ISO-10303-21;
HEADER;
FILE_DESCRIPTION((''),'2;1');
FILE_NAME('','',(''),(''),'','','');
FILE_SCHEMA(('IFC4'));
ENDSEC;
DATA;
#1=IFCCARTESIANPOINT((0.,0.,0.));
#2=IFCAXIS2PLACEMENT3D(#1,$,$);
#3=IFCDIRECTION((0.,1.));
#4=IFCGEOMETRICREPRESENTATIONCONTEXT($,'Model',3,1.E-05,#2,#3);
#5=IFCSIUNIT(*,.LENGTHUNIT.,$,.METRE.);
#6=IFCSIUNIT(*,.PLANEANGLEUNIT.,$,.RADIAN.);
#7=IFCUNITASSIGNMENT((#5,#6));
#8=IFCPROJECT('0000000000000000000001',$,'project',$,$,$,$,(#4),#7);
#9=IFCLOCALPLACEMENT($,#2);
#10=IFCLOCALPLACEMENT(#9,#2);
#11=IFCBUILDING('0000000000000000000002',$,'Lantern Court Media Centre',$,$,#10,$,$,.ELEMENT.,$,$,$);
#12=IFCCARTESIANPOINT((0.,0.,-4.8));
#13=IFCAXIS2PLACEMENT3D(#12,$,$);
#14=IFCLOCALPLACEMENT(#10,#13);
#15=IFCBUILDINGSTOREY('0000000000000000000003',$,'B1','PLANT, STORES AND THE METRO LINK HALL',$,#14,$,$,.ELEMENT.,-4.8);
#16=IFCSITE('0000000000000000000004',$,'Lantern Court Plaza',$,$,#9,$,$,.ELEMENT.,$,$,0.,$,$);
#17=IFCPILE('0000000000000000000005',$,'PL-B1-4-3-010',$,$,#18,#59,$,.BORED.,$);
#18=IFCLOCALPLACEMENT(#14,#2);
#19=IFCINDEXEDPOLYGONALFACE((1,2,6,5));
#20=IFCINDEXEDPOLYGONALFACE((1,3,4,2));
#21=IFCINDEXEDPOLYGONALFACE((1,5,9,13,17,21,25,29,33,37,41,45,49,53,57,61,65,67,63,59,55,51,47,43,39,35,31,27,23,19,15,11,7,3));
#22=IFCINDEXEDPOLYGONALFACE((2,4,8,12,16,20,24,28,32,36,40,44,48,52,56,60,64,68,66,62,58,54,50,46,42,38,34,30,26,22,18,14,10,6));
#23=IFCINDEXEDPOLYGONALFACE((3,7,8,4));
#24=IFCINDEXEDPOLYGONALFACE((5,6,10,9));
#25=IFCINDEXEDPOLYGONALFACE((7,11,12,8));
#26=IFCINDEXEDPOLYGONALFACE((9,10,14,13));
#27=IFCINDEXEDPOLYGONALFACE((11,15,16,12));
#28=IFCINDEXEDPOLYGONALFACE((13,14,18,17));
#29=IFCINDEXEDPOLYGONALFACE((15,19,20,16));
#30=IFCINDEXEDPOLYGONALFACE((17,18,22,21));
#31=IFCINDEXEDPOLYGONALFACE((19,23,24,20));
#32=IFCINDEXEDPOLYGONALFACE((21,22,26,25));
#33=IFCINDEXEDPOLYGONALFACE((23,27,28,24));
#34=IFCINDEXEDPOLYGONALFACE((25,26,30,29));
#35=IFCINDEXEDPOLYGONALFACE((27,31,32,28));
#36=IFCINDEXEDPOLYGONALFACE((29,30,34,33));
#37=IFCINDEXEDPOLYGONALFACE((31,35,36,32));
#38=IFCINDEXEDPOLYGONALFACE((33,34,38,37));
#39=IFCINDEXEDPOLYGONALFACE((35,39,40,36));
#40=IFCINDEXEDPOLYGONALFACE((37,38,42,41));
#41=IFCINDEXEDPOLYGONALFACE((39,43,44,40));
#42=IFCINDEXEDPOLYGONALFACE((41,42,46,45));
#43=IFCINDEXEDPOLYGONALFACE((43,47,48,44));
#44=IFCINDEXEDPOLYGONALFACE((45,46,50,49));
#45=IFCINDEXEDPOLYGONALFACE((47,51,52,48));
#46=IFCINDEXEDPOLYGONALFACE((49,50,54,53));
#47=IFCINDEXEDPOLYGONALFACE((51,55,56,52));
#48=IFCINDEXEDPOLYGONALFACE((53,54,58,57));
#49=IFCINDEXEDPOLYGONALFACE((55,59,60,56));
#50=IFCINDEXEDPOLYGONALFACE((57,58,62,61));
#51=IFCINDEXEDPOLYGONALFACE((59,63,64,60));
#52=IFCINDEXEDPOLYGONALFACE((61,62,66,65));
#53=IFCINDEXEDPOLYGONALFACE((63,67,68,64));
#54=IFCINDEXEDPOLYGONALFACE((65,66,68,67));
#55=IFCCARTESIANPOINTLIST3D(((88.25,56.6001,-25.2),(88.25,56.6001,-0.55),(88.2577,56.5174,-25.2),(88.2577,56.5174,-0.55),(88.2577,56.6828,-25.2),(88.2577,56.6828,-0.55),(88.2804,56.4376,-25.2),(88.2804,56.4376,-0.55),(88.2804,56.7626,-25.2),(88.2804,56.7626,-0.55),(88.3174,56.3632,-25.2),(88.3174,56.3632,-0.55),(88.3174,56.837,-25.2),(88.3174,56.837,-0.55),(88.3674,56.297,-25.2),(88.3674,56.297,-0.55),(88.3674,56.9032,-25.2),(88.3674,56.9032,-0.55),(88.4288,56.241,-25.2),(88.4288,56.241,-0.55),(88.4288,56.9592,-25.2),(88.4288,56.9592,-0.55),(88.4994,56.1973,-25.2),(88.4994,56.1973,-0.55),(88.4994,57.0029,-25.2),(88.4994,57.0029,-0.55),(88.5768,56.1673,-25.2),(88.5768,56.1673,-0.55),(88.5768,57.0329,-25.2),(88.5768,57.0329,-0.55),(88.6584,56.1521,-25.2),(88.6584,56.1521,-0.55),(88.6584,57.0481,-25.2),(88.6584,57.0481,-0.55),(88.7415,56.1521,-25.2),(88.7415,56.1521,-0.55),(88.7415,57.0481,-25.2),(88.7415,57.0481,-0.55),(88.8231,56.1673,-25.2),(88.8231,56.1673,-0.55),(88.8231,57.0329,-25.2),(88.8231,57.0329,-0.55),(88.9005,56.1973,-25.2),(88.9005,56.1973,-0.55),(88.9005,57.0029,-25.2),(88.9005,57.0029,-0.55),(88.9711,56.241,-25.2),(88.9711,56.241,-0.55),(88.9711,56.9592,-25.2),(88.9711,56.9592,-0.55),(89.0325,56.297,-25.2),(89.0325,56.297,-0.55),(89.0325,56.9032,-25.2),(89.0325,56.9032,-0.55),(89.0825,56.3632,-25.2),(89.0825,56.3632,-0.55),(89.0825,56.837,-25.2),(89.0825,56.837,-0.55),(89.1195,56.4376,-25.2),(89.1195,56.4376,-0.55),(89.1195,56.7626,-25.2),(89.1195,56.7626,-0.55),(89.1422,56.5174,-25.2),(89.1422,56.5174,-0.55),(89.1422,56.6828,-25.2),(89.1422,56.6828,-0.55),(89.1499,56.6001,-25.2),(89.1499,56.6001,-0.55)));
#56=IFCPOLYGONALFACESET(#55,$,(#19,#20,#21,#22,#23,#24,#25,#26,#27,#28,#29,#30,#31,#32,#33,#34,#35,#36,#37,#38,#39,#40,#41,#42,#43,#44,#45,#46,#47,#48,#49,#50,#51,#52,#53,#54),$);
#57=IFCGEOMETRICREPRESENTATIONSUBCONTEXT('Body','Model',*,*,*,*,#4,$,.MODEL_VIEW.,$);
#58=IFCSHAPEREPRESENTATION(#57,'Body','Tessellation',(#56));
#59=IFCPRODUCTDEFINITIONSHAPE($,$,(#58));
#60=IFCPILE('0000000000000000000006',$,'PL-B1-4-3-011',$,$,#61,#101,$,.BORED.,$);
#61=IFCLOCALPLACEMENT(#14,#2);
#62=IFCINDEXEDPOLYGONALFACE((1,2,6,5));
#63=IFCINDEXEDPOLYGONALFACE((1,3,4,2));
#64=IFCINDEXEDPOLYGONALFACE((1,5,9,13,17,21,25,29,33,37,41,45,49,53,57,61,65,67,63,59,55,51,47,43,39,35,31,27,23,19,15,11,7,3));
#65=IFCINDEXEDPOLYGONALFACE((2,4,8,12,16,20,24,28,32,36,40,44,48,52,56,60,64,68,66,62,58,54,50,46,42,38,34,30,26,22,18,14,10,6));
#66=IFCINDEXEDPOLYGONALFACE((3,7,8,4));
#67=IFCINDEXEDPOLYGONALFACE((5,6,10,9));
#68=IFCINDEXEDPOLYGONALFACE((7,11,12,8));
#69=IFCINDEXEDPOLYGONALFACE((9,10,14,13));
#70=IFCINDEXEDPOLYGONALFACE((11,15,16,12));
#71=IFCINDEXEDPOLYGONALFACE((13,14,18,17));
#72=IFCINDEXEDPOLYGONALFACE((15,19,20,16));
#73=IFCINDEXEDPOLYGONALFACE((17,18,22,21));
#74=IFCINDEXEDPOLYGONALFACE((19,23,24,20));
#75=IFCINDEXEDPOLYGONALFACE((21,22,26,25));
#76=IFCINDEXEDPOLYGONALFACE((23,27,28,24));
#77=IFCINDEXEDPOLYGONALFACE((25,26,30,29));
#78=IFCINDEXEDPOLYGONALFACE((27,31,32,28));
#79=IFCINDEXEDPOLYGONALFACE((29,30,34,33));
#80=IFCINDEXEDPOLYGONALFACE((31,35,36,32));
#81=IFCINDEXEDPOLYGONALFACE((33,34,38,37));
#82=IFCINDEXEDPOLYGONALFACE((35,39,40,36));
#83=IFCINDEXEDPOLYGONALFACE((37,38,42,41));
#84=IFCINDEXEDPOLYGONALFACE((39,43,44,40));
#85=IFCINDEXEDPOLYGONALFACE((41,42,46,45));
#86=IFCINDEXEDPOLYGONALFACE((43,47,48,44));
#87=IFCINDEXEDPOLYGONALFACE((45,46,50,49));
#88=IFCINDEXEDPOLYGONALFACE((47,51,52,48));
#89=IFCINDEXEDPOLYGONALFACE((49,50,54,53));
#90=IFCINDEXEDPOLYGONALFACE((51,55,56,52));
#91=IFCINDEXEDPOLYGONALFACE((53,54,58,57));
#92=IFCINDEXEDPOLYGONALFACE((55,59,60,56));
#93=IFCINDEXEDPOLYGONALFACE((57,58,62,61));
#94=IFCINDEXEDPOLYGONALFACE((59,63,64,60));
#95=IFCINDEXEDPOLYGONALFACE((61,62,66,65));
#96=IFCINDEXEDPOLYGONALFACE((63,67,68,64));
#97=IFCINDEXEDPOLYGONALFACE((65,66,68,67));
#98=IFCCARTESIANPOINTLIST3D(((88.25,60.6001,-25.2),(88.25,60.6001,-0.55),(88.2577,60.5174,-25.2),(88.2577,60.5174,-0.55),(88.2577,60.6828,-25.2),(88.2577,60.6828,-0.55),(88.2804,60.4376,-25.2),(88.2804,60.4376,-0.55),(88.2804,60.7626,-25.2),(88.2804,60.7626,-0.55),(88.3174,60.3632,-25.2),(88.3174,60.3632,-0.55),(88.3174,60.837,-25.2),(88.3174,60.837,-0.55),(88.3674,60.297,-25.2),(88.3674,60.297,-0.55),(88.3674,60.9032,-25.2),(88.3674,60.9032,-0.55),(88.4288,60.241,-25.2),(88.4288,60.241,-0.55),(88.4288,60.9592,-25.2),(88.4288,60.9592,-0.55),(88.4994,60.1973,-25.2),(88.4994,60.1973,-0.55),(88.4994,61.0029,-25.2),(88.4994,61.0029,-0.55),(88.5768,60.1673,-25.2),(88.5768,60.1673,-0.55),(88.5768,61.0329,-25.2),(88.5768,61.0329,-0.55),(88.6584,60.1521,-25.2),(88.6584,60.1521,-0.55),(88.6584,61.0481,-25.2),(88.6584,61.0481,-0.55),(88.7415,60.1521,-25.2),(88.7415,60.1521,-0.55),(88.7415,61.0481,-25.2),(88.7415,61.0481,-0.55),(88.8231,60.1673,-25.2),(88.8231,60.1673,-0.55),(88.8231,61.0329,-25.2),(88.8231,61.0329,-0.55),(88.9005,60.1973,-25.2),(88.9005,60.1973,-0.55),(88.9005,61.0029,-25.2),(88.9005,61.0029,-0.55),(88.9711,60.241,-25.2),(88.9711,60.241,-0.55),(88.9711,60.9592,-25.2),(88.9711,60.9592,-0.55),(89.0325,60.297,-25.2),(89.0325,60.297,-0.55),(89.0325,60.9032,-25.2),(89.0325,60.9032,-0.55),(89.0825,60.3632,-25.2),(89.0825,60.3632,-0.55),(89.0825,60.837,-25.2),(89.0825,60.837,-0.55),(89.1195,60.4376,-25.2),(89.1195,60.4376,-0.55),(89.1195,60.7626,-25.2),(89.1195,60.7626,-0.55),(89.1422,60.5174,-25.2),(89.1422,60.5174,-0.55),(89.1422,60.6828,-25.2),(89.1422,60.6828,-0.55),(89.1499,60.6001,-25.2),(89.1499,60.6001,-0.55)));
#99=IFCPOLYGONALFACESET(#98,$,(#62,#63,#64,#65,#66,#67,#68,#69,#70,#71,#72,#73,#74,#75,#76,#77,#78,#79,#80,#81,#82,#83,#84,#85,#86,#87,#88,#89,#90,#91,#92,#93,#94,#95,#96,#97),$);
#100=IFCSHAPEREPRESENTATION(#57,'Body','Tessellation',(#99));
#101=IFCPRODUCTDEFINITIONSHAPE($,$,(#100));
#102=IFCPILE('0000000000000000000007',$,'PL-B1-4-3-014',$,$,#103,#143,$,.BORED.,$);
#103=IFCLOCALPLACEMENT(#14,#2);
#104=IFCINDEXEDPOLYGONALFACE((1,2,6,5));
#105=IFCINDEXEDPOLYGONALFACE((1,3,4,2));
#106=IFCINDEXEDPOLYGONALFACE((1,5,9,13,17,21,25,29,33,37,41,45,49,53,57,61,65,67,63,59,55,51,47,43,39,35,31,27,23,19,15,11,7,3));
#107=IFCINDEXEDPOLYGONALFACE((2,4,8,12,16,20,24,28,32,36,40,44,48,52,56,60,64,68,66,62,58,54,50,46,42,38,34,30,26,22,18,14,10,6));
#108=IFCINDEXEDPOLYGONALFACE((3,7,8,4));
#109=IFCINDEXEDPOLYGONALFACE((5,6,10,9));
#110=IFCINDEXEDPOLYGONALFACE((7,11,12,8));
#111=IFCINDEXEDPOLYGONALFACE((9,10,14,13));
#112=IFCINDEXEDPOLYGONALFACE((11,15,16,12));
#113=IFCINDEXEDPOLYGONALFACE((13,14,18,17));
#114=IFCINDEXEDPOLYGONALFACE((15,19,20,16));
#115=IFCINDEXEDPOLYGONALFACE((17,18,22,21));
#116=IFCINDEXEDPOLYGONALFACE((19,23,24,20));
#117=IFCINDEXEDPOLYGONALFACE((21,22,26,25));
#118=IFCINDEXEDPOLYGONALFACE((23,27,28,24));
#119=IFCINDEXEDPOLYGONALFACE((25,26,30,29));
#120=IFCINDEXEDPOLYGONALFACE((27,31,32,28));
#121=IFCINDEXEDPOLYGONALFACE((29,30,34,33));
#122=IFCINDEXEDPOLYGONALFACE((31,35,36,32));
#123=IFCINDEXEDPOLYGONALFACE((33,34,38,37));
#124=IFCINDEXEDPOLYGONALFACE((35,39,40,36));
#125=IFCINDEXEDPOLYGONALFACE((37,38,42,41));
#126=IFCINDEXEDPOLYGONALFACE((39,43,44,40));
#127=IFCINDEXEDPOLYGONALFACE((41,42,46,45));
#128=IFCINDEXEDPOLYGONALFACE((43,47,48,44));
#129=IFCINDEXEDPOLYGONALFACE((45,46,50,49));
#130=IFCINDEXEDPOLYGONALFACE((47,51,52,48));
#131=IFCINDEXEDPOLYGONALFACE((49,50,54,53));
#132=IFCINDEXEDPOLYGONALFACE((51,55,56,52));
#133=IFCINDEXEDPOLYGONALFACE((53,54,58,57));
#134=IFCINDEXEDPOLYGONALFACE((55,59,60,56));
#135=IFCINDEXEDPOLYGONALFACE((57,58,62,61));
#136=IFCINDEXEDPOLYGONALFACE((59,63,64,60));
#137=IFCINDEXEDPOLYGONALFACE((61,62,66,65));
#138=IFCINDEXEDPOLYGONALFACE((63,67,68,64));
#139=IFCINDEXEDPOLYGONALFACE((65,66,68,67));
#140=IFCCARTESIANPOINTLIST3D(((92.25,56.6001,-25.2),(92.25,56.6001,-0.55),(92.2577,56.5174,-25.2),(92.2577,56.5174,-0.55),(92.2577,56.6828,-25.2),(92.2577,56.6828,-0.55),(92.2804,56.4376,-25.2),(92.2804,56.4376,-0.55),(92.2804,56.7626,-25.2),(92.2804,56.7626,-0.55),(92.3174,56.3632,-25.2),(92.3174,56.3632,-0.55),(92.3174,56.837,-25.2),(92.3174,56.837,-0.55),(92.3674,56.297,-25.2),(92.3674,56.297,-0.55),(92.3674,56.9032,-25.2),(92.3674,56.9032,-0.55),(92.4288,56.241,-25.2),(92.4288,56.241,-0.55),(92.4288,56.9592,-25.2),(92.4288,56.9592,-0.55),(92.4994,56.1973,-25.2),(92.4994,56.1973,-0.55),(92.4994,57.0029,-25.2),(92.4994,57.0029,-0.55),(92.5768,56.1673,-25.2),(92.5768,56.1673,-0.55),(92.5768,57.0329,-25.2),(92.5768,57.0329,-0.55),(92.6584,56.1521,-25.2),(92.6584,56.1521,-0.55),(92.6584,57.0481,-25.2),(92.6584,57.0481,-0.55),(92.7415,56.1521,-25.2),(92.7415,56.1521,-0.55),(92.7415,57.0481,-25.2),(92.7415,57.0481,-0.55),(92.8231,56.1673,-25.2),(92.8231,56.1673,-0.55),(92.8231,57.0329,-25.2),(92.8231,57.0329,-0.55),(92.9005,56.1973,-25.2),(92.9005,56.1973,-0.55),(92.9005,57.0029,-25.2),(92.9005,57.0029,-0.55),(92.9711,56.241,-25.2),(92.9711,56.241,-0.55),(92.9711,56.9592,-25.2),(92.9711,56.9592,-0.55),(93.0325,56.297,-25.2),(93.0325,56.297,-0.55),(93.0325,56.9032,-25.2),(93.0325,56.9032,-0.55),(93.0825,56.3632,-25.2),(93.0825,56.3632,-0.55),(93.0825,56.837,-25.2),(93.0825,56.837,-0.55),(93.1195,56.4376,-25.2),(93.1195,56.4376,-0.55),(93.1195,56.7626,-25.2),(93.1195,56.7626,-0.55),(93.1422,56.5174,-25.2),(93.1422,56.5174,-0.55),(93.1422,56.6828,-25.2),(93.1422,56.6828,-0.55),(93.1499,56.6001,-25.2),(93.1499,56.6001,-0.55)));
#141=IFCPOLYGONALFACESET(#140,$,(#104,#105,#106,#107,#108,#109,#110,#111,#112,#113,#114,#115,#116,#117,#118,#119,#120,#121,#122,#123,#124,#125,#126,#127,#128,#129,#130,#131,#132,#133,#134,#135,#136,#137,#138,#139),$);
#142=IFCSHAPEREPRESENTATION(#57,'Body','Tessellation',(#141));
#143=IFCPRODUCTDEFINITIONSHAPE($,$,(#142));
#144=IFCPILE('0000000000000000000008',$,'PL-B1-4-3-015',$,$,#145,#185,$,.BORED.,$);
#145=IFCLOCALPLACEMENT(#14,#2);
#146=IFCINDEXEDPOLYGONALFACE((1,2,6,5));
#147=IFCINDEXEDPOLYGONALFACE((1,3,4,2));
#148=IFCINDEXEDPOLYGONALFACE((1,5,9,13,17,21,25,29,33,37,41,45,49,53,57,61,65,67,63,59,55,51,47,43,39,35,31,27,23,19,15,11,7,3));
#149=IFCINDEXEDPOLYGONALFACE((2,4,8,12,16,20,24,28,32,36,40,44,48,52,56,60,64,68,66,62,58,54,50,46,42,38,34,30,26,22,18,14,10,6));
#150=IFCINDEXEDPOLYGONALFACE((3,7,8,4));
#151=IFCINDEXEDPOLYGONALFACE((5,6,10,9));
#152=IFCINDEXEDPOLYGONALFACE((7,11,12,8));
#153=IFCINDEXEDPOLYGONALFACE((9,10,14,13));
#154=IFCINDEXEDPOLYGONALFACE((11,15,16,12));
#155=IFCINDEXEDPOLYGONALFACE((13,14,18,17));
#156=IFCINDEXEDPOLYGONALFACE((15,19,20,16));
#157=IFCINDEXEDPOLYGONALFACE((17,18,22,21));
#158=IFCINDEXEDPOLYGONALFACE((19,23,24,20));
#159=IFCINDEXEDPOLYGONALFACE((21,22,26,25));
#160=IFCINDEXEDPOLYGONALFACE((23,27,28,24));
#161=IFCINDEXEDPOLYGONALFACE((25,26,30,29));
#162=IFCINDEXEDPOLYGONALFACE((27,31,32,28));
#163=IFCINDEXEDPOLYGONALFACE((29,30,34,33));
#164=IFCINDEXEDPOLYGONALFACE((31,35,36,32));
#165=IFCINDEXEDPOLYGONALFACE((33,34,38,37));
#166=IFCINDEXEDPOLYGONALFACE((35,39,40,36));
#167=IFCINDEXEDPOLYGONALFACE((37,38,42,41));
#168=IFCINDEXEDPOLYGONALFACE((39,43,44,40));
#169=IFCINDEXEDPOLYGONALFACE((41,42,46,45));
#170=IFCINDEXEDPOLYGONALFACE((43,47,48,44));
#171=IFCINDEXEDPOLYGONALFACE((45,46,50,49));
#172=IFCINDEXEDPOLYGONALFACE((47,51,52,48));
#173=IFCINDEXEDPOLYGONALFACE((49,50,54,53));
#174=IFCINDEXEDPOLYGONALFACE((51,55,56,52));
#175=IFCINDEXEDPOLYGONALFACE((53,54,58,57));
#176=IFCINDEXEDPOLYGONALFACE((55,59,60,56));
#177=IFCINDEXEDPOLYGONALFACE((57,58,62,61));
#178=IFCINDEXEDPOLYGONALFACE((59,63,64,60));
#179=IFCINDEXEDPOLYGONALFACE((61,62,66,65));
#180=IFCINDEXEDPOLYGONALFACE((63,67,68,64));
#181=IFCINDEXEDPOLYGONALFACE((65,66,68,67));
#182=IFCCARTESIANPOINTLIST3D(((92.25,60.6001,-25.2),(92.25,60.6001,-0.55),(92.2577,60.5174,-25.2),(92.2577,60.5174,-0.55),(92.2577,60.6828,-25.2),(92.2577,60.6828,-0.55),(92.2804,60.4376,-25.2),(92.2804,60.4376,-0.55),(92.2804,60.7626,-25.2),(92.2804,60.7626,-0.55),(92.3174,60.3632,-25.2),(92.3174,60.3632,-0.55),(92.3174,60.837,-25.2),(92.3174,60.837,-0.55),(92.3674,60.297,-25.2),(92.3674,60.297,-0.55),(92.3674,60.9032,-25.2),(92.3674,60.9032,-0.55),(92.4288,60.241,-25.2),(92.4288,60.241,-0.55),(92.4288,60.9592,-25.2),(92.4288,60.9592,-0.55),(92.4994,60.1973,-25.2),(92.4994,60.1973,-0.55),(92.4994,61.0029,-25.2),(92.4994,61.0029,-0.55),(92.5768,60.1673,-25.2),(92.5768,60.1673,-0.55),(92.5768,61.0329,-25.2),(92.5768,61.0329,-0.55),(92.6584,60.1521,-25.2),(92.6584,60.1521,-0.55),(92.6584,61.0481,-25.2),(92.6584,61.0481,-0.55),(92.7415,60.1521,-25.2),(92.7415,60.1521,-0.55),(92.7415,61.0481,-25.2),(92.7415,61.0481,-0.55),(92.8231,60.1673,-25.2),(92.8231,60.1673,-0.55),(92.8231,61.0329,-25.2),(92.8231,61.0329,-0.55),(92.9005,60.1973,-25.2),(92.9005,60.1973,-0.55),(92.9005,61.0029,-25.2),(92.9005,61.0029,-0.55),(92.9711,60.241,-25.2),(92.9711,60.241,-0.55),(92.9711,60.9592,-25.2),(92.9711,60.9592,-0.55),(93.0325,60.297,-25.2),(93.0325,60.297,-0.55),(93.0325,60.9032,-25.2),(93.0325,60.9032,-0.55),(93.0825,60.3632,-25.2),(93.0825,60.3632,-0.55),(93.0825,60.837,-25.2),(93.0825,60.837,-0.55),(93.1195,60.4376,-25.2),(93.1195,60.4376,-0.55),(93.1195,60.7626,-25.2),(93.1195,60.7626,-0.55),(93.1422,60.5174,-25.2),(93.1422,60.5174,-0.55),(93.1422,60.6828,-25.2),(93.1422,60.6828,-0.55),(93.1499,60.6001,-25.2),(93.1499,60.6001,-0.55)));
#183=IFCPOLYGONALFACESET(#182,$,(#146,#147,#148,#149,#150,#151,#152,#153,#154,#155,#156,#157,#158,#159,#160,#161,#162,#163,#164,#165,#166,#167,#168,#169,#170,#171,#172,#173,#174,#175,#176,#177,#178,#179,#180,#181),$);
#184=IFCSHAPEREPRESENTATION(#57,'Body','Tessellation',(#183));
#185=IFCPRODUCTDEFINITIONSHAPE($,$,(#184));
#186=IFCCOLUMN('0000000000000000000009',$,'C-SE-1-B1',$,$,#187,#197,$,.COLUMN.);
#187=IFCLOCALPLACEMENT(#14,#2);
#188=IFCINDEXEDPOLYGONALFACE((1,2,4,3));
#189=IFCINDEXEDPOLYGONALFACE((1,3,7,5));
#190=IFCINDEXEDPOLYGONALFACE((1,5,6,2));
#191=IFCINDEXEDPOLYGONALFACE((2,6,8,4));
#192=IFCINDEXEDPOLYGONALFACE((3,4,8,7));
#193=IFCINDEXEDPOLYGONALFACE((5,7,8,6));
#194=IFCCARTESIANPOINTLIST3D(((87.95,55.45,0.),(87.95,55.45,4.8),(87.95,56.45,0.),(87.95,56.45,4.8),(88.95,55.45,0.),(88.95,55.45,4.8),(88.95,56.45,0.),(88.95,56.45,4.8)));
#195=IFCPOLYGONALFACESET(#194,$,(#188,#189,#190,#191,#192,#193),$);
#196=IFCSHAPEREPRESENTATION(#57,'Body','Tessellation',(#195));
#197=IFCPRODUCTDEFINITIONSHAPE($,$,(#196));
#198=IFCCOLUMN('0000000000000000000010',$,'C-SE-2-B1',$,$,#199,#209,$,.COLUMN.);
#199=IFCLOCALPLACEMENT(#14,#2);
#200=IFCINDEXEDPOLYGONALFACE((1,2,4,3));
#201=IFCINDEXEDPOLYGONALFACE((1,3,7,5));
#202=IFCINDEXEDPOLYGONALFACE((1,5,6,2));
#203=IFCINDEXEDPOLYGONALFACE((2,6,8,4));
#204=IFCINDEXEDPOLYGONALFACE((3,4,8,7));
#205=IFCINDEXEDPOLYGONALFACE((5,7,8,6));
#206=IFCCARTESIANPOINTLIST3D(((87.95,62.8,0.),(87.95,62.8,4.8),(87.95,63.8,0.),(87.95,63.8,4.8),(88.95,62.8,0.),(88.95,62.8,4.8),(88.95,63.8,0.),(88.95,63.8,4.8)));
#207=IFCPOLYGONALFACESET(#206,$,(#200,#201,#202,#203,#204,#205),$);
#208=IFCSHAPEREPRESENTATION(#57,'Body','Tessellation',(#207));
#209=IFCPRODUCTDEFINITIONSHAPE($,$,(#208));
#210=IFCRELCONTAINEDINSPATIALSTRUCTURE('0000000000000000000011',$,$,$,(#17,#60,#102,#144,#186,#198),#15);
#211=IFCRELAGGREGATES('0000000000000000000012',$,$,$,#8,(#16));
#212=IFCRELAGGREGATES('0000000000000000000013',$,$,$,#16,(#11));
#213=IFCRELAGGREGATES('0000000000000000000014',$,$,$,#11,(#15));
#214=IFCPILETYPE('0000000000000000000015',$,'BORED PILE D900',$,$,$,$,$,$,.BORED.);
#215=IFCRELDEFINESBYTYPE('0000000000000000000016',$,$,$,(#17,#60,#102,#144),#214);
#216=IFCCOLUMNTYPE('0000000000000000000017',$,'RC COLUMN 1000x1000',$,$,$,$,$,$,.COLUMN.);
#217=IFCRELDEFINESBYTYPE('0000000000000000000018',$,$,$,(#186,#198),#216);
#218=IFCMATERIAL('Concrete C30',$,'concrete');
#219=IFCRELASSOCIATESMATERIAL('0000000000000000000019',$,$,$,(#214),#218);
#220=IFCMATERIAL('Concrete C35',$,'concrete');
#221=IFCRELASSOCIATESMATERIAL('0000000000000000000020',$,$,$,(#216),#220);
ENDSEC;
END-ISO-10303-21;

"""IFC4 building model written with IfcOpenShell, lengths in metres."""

from ifc_helpers import new_model, si_unit, direction, frame, origin, origin_2d, place, context, subcontext, project, spatial, rectangle, circle, extrude, material, material_profile, profile_set, type_object, element, save


model = new_model("IFC4")

# Units and contexts
model_context = context("Model", 3, precision=1e-05, world=origin(), true_north=direction((0.0, 1.0)))
body_context = subcontext(model_context, "Body", "Model", "MODEL_VIEW")
ifc_project = project(units=[si_unit("LENGTHUNIT", "METRE"), si_unit("PLANEANGLEUNIT", "RADIAN")], contexts=[model_context])

# Site, building, storey
site_placement = place(None, origin())
site = spatial("IfcSite", under=ifc_project, at=site_placement, Name="Lantern Court Plaza", CompositionType="ELEMENT", RefElevation=0.0)
building_placement = place(site_placement, origin())
building = spatial("IfcBuilding", under=site, at=building_placement, Name="Lantern Court Media Centre", CompositionType="ELEMENT")
storey_placement = place(building_placement, frame((0.0, 0.0, -4.8)))
storey = spatial("IfcBuildingStorey", under=building, at=storey_placement, Name="B1", Description="PLANT, STORES AND THE METRO LINK HALL", CompositionType="ELEMENT", Elevation=-4.8)

# Piles
ifc_material_1 = material(Name="Concrete C30", Category="concrete")
ifc_material_profile_1 = material_profile(ifc_material_1, circle(Radius=0.45, at=origin_2d()), Name="D900")
ifc_profile_set_1 = profile_set([ifc_material_profile_1], Name="Concrete C30")
pile_type = type_object("IfcPileType", Name="BORED PILE D900", PredefinedType="BORED", material=ifc_profile_set_1)
for number, where, z_axis, x_axis, name in (
    (1, (88.7, 56.6001, -0.55), (0.0, 0.0, -1.0), (1.0, 0.0, 0.0), "PL-B1-4-3-010"),
    (2, (88.7, 60.6001, -0.55), (0.0, 0.0, -1.0), (1.0, 0.0, 0.0), "PL-B1-4-3-011"),
    (3, (92.7, 56.6001, -0.55), (0.0, 0.0, -1.0), (1.0, 0.0, 0.0), "PL-B1-4-3-014"),
    (4, (92.7, 60.6001, -0.55), (0.0, 0.0, -1.0), (1.0, 0.0, 0.0), "PL-B1-4-3-015"),
):
    element("IfcPile", number, at=place(storey_placement, frame(where, z_axis=z_axis, x_axis=x_axis)), inside=storey, type_object=pile_type, Name=name, PredefinedType="BORED", context=body_context, shape_type="SweptSolid", body=[
        extrude(circle(Radius=0.45, at=origin_2d()), origin(), (0.0, 0.0, 1.0), 24.6499),
    ])

# Columns
ifc_material_2 = material(Name="Concrete C35", Category="concrete")
ifc_material_profile_2 = material_profile(ifc_material_2, rectangle(XDim=1.0, YDim=1.0, at=origin_2d()), Name="RC 1000x1000")
ifc_profile_set_2 = profile_set([ifc_material_profile_2], Name="Concrete C35")
column_type = type_object("IfcColumnType", Name="RC COLUMN 1000x1000", PredefinedType="COLUMN", material=ifc_profile_set_2)
for number, where, z_axis, x_axis, name in (
    (5, (88.45, 55.95, 0.0), (0.0, 0.0, 1.0), (1.0, 0.0, 0.0), "C-SE-1-B1"),
    (6, (88.45, 63.3, 0.0), (0.0, 0.0, 1.0), (1.0, 0.0, 0.0), "C-SE-2-B1"),
):
    element("IfcColumn", number, at=place(storey_placement, frame(where, z_axis=z_axis, x_axis=x_axis)), inside=storey, type_object=column_type, Name=name, PredefinedType="COLUMN", context=body_context, shape_type="SweptSolid", body=[
        extrude(rectangle(XDim=1.0, YDim=1.0, at=origin_2d()), origin(), (0.0, 0.0, 1.0), 4.8),
    ])

save(model, "model.ifc")
